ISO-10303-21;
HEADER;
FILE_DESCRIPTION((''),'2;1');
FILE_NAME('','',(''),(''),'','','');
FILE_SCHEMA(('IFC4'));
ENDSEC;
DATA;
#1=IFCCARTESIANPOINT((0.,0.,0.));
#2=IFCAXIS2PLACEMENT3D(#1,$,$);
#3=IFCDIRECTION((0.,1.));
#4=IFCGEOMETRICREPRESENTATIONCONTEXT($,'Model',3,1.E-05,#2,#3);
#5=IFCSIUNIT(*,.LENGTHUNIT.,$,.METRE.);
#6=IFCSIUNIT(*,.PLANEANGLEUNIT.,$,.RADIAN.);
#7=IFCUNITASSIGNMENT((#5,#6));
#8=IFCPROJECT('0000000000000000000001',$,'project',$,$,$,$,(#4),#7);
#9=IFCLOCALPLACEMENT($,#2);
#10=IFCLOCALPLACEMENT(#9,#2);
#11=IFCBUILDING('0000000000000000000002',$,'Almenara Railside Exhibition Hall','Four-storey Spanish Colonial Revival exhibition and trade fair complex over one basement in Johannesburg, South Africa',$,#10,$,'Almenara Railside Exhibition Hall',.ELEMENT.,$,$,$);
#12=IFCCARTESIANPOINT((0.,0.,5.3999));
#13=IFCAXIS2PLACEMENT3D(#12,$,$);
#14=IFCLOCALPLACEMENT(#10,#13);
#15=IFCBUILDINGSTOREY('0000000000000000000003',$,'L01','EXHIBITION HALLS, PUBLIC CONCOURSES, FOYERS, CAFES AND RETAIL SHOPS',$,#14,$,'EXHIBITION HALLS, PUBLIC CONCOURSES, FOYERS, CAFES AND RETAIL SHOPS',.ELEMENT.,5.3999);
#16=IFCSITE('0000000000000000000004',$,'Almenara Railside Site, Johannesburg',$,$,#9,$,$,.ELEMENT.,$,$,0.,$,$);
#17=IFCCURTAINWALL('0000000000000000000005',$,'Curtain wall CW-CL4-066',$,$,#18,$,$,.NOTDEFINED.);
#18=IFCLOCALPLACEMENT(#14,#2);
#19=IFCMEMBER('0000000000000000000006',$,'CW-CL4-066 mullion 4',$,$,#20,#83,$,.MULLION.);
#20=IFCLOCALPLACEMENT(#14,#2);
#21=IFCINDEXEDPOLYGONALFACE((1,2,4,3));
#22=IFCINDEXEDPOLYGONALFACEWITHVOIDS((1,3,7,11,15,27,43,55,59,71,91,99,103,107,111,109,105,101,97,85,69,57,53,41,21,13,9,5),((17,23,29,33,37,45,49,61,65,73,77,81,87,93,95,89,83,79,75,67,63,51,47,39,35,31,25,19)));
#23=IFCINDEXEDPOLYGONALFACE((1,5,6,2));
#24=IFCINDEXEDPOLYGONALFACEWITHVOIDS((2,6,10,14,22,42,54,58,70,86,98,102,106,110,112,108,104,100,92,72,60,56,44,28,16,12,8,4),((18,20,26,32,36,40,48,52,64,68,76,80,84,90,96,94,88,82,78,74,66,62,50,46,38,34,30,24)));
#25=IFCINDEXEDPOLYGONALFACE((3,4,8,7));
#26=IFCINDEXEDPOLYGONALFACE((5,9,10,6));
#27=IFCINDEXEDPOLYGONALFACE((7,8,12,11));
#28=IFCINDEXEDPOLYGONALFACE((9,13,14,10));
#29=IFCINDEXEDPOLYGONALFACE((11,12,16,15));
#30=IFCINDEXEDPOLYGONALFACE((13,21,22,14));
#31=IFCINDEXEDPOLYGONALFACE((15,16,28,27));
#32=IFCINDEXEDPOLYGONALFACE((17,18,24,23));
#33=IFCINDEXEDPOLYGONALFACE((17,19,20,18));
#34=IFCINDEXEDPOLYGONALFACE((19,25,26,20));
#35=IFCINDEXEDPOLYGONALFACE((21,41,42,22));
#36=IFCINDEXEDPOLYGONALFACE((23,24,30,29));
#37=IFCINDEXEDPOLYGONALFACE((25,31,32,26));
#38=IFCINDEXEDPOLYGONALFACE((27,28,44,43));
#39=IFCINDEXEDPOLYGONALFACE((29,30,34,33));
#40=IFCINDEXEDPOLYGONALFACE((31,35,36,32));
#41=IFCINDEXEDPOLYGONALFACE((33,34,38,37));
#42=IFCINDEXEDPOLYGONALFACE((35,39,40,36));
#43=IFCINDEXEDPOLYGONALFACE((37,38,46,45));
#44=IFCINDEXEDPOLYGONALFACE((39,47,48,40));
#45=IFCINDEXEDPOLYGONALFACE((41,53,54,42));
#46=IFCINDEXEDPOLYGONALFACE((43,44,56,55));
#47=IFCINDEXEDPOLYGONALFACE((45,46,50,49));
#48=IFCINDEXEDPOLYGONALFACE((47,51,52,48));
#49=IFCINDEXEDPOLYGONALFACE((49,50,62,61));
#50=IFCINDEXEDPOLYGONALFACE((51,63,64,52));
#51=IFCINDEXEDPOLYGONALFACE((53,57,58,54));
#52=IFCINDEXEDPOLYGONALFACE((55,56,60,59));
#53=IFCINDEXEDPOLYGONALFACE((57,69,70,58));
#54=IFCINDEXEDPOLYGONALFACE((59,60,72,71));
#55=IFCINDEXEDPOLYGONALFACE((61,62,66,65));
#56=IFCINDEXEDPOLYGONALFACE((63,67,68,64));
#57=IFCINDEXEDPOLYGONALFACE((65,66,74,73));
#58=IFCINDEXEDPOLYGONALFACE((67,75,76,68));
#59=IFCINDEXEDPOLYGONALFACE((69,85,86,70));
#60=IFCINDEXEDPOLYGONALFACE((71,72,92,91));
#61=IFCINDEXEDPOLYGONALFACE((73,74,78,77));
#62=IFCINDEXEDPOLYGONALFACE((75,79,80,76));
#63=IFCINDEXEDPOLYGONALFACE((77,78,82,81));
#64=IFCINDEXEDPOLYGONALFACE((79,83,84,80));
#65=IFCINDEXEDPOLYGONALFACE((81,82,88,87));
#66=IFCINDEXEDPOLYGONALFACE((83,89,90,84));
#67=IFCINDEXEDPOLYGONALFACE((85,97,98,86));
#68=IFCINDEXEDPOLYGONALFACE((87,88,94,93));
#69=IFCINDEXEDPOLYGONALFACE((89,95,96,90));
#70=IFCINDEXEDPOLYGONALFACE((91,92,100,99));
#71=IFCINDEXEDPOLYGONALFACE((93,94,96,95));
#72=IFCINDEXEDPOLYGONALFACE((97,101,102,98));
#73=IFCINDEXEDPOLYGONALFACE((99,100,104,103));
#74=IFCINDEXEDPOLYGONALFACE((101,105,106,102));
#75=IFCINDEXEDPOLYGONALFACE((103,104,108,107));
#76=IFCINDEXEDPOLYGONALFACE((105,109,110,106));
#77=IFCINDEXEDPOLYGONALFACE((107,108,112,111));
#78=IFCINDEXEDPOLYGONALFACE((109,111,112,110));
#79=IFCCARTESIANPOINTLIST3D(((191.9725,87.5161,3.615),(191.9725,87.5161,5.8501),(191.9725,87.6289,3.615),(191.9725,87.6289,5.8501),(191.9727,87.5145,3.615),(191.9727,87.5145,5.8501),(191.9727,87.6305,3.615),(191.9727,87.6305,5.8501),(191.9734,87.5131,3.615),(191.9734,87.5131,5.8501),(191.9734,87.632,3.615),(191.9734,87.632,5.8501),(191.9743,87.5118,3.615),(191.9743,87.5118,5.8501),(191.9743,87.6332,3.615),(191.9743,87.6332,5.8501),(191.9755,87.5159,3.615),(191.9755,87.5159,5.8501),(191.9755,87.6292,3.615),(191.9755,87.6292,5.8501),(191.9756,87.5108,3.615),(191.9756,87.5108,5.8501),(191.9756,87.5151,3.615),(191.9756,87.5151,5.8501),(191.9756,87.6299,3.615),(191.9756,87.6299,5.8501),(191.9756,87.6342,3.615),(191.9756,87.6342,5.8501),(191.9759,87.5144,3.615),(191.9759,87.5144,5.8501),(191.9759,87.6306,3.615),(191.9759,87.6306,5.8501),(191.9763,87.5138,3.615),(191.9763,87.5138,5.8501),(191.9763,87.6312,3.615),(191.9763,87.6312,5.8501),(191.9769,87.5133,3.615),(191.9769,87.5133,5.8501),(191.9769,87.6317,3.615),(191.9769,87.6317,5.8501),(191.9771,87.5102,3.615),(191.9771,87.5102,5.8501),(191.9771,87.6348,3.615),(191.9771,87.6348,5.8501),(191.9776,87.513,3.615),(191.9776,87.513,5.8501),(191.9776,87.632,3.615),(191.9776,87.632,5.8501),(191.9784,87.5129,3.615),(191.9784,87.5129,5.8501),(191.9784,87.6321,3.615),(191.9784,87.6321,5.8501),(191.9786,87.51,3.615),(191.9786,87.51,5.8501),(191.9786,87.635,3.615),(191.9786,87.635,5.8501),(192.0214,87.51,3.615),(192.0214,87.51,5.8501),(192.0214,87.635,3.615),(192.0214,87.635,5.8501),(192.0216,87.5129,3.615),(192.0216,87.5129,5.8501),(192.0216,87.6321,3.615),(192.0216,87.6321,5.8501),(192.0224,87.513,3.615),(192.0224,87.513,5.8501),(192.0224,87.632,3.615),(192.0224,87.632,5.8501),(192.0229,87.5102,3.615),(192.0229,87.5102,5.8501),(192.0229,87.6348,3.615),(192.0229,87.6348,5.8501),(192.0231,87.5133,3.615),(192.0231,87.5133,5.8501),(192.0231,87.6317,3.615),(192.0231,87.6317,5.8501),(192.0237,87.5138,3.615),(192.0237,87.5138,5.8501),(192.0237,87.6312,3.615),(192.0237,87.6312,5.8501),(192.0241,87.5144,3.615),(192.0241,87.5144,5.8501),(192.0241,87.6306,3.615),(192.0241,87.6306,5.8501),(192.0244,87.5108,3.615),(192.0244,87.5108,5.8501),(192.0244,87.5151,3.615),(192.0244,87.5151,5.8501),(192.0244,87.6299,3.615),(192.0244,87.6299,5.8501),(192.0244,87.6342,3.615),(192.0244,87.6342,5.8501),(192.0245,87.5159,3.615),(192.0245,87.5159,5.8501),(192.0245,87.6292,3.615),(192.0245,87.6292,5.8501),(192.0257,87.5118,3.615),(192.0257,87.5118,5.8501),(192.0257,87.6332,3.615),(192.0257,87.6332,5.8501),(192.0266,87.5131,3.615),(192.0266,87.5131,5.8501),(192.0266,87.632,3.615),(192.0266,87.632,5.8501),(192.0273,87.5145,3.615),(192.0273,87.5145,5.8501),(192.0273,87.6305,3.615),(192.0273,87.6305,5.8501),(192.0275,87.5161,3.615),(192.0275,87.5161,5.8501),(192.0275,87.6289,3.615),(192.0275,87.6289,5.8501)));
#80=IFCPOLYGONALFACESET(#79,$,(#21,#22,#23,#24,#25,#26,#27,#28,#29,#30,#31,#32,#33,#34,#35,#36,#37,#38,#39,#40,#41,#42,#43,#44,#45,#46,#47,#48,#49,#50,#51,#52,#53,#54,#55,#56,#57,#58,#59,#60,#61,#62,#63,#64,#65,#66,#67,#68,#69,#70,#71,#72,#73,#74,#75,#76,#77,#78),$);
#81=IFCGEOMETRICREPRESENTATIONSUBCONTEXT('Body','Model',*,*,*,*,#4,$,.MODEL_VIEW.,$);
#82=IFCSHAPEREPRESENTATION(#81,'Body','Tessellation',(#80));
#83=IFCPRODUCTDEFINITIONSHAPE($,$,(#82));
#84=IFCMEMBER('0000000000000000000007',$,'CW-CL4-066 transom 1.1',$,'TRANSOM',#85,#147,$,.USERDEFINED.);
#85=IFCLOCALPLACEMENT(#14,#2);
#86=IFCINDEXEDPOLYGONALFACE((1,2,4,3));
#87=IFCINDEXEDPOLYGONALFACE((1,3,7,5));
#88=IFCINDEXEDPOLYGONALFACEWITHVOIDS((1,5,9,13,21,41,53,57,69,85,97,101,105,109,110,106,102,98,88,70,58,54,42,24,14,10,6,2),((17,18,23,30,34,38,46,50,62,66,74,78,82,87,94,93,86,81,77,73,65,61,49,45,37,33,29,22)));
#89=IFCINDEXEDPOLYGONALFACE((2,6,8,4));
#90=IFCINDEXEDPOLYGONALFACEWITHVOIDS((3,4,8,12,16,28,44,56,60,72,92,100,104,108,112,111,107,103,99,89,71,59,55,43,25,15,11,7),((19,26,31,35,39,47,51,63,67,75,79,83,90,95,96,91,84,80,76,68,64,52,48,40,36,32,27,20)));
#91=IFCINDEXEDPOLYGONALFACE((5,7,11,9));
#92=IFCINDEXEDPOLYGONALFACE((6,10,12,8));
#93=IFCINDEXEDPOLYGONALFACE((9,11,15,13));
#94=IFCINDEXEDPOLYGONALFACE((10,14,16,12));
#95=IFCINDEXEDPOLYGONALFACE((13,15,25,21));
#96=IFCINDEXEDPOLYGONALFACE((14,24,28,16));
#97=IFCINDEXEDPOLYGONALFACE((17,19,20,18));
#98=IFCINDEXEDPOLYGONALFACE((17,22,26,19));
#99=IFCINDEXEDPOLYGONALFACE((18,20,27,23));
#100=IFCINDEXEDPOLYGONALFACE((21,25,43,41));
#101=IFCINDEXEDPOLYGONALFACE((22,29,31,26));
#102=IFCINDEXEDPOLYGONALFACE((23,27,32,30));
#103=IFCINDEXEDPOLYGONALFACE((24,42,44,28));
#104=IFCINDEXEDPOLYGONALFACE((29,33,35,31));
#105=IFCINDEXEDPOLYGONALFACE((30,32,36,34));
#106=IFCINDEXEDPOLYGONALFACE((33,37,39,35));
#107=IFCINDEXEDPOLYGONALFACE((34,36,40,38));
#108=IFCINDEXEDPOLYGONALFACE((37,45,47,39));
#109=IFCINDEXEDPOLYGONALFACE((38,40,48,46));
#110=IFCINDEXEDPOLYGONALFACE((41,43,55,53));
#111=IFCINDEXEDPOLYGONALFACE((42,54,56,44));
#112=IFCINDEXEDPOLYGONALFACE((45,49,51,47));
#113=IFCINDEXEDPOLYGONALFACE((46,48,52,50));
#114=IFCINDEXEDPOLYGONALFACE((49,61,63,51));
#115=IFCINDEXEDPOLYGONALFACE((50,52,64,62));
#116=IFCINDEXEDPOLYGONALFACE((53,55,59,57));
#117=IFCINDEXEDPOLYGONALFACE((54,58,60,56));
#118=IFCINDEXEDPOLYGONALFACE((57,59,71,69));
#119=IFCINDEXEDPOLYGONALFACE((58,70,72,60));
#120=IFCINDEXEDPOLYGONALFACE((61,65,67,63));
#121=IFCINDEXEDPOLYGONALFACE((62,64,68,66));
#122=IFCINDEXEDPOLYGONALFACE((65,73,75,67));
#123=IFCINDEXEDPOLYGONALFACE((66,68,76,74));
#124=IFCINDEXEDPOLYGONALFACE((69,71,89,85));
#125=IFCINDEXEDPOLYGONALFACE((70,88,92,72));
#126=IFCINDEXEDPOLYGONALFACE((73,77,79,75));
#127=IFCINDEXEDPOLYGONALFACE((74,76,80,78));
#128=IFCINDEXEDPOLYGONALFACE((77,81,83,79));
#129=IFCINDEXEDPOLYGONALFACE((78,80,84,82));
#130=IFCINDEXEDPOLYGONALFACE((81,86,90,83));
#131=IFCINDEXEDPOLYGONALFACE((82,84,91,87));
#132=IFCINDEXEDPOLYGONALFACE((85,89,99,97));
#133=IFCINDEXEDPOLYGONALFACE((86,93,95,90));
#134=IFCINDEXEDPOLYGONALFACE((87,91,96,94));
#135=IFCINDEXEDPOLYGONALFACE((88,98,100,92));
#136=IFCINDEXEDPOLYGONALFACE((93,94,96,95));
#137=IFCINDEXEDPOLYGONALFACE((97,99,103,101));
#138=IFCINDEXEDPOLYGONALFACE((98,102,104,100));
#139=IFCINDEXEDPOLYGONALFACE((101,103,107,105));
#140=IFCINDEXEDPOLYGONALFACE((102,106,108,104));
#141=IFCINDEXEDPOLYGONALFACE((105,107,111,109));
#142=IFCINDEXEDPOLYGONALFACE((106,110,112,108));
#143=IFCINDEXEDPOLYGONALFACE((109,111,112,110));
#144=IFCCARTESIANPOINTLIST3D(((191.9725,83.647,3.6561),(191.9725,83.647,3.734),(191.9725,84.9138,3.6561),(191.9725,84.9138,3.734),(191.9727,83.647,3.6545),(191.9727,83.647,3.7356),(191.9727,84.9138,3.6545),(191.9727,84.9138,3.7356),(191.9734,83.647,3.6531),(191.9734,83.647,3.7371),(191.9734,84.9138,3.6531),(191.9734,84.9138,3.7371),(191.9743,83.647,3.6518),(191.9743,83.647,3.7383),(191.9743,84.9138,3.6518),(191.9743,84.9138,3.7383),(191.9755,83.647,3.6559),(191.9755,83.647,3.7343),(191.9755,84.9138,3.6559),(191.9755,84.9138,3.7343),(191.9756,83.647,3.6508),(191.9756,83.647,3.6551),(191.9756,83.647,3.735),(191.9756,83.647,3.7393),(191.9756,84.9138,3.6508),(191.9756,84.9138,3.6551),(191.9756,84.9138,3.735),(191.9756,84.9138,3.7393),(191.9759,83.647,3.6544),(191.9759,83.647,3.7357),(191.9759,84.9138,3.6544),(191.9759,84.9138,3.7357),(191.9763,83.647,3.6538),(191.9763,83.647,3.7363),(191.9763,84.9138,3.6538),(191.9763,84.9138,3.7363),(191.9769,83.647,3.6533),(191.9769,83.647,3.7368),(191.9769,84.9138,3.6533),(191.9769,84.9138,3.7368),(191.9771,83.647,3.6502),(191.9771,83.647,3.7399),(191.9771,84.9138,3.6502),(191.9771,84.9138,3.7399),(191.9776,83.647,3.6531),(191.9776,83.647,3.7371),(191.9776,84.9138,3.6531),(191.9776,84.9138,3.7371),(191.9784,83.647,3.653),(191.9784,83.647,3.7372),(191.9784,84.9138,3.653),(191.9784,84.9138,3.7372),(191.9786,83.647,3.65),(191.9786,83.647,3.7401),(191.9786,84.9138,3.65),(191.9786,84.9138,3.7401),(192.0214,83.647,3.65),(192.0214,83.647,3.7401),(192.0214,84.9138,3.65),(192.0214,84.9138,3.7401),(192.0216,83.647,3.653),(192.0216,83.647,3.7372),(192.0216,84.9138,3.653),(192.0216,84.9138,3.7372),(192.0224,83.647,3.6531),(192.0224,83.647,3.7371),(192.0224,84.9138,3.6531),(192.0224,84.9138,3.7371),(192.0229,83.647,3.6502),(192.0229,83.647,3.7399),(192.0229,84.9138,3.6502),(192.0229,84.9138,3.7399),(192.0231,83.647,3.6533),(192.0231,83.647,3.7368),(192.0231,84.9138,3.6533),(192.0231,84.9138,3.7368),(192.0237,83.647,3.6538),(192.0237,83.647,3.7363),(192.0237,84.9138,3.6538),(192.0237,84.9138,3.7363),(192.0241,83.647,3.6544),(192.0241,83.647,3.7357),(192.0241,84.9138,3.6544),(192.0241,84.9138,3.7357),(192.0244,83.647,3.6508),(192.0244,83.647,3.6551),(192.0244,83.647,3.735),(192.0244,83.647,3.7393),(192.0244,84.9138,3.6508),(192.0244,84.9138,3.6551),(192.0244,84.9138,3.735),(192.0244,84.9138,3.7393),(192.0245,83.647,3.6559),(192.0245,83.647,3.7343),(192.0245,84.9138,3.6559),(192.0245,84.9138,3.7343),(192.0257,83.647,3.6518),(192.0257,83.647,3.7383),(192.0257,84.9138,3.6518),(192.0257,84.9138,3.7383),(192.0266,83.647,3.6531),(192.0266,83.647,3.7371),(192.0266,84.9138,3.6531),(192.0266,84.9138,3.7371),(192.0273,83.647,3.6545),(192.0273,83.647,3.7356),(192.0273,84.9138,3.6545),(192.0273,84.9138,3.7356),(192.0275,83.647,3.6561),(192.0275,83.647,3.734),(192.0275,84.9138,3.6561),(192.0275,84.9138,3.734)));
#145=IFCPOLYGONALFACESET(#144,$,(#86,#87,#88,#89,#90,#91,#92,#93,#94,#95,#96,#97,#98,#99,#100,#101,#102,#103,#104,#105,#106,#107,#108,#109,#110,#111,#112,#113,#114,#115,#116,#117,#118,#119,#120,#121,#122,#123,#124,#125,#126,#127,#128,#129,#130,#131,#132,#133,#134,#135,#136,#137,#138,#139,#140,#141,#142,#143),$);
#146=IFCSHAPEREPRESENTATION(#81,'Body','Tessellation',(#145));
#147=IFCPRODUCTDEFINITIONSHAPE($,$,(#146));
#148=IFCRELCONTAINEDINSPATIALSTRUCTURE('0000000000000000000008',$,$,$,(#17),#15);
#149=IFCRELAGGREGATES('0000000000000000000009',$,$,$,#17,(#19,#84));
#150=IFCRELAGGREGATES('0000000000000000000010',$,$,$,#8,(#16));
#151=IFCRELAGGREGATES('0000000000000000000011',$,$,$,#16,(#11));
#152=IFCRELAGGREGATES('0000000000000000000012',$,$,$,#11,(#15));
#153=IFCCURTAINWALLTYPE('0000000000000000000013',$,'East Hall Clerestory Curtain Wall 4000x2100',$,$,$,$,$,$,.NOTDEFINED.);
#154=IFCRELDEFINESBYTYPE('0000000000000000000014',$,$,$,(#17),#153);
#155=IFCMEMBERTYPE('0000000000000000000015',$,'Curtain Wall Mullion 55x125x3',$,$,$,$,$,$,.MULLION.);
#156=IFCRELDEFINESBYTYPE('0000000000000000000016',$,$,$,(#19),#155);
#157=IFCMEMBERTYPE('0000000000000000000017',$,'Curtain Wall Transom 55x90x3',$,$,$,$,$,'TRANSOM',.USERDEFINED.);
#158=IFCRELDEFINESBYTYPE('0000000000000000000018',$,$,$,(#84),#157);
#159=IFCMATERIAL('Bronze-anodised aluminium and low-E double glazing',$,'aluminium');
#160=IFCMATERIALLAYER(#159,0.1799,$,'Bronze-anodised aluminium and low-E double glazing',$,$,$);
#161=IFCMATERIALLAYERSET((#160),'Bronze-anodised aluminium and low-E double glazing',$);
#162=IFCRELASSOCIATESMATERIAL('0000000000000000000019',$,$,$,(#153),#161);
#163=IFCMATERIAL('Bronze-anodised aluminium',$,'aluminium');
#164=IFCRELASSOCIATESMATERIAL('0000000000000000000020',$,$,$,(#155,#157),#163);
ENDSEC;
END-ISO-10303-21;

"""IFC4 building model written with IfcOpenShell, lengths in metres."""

from ifc_helpers import new_model, si_unit, direction, frame, origin, origin_2d, place, context, subcontext, project, spatial, hollow_rectangle, extrude, material, layer, layer_set, material_profile, profile_set, type_object, element, aggregate, save


model = new_model("IFC4")

# Units and contexts
model_context = context("Model", 3, precision=1e-05, world=origin(), true_north=direction((0.0, 1.0)))
body_context = subcontext(model_context, "Body", "Model", "MODEL_VIEW")
ifc_project = project(units=[si_unit("LENGTHUNIT", "METRE"), si_unit("PLANEANGLEUNIT", "RADIAN")], contexts=[model_context])

# Site, building, storey
site_placement = place(None, origin())
site = spatial("IfcSite", under=ifc_project, at=site_placement, Name="Almenara Railside Site, Johannesburg", CompositionType="ELEMENT", RefElevation=0.0)
building_placement = place(site_placement, origin())
building = spatial("IfcBuilding", under=site, at=building_placement, Name="Almenara Railside Exhibition Hall", Description="Four-storey Spanish Colonial Revival exhibition and trade fair complex over one basement in Johannesburg, South Africa", LongName="Almenara Railside Exhibition Hall", CompositionType="ELEMENT")
storey_placement = place(building_placement, frame((0.0, 0.0, 5.3999)))
storey = spatial("IfcBuildingStorey", under=building, at=storey_placement, Name="L01", Description="EXHIBITION HALLS, PUBLIC CONCOURSES, FOYERS, CAFES AND RETAIL SHOPS", LongName="EXHIBITION HALLS, PUBLIC CONCOURSES, FOYERS, CAFES AND RETAIL SHOPS", CompositionType="ELEMENT", Elevation=5.3999)

# Curtain wall, members
ifc_material_1 = material(Name="Bronze-anodised aluminium and low-E double glazing", Category="aluminium")
ifc_layer_1 = layer(ifc_material_1, 0.1799, Name="Bronze-anodised aluminium and low-E double glazing")
ifc_layer_set_1 = layer_set([ifc_layer_1], Name="Bronze-anodised aluminium and low-E double glazing")
curtain_wall_type = type_object("IfcCurtainWallType", Name="East Hall Clerestory Curtain Wall 4000x2100", PredefinedType="NOTDEFINED", material=ifc_layer_set_1)
curtain_wall_placement = place(storey_placement, origin())
curtain_wall = element("IfcCurtainWall", 1, at=curtain_wall_placement, inside=storey, type_object=curtain_wall_type, Name="Curtain wall CW-CL4-066", PredefinedType="NOTDEFINED")
ifc_material_2 = material(Name="Bronze-anodised aluminium", Category="aluminium")
ifc_material_profile_1 = material_profile(ifc_material_2, hollow_rectangle(XDim=0.0549, YDim=0.125, WallThickness=0.0029, InnerFilletRadius=0.0029, OuterFilletRadius=0.0061, at=origin_2d()), Name="ALU-MUL 55x125x3")
ifc_profile_set_1 = profile_set([ifc_material_profile_1], Name="Bronze-anodised aluminium")
member_type_1 = type_object("IfcMemberType", Name="Curtain Wall Mullion 55x125x3", PredefinedType="MULLION", material=ifc_profile_set_1)
member_1_placement = place(storey_placement, frame((192.0, 87.5725, 3.615), z_axis=(0.0, 0.0, 1.0), x_axis=(-1.0, 0.0, 0.0)))
member_1 = element("IfcMember", 2, at=member_1_placement, type_object=member_type_1, Name="CW-CL4-066 mullion 4", PredefinedType="MULLION", context=body_context, shape_type="SweptSolid", body=[
    extrude(hollow_rectangle(XDim=0.0549, YDim=0.125, WallThickness=0.0029, InnerFilletRadius=0.0029, OuterFilletRadius=0.0061, at=origin_2d()), origin(), (0.0, 0.0, 1.0), 2.2351),
])
ifc_material_profile_2 = material_profile(ifc_material_2, hollow_rectangle(XDim=0.0549, YDim=0.0901, WallThickness=0.0029, InnerFilletRadius=0.0029, OuterFilletRadius=0.0061, at=origin_2d()), Name="ALU-TRN 55x90x3")
ifc_profile_set_2 = profile_set([ifc_material_profile_2], Name="Bronze-anodised aluminium")
member_type_2 = type_object("IfcMemberType", Name="Curtain Wall Transom 55x90x3", ElementType="TRANSOM", PredefinedType="USERDEFINED", material=ifc_profile_set_2)
member_2_placement = place(storey_placement, frame((192.0, 83.647, 3.6951), z_axis=(0.0, 1.0, 0.0), x_axis=(-1.0, 0.0, 0.0)))
member_2 = element("IfcMember", 3, at=member_2_placement, type_object=member_type_2, Name="CW-CL4-066 transom 1.1", ObjectType="TRANSOM", PredefinedType="USERDEFINED", context=body_context, shape_type="SweptSolid", body=[
    extrude(hollow_rectangle(XDim=0.0549, YDim=0.0901, WallThickness=0.0029, InnerFilletRadius=0.0029, OuterFilletRadius=0.0061, at=origin_2d()), origin(), (0.0, 0.0, 1.0), 1.2668),
])
aggregate(curtain_wall, [member_1, member_2])

save(model, "model.ifc")
